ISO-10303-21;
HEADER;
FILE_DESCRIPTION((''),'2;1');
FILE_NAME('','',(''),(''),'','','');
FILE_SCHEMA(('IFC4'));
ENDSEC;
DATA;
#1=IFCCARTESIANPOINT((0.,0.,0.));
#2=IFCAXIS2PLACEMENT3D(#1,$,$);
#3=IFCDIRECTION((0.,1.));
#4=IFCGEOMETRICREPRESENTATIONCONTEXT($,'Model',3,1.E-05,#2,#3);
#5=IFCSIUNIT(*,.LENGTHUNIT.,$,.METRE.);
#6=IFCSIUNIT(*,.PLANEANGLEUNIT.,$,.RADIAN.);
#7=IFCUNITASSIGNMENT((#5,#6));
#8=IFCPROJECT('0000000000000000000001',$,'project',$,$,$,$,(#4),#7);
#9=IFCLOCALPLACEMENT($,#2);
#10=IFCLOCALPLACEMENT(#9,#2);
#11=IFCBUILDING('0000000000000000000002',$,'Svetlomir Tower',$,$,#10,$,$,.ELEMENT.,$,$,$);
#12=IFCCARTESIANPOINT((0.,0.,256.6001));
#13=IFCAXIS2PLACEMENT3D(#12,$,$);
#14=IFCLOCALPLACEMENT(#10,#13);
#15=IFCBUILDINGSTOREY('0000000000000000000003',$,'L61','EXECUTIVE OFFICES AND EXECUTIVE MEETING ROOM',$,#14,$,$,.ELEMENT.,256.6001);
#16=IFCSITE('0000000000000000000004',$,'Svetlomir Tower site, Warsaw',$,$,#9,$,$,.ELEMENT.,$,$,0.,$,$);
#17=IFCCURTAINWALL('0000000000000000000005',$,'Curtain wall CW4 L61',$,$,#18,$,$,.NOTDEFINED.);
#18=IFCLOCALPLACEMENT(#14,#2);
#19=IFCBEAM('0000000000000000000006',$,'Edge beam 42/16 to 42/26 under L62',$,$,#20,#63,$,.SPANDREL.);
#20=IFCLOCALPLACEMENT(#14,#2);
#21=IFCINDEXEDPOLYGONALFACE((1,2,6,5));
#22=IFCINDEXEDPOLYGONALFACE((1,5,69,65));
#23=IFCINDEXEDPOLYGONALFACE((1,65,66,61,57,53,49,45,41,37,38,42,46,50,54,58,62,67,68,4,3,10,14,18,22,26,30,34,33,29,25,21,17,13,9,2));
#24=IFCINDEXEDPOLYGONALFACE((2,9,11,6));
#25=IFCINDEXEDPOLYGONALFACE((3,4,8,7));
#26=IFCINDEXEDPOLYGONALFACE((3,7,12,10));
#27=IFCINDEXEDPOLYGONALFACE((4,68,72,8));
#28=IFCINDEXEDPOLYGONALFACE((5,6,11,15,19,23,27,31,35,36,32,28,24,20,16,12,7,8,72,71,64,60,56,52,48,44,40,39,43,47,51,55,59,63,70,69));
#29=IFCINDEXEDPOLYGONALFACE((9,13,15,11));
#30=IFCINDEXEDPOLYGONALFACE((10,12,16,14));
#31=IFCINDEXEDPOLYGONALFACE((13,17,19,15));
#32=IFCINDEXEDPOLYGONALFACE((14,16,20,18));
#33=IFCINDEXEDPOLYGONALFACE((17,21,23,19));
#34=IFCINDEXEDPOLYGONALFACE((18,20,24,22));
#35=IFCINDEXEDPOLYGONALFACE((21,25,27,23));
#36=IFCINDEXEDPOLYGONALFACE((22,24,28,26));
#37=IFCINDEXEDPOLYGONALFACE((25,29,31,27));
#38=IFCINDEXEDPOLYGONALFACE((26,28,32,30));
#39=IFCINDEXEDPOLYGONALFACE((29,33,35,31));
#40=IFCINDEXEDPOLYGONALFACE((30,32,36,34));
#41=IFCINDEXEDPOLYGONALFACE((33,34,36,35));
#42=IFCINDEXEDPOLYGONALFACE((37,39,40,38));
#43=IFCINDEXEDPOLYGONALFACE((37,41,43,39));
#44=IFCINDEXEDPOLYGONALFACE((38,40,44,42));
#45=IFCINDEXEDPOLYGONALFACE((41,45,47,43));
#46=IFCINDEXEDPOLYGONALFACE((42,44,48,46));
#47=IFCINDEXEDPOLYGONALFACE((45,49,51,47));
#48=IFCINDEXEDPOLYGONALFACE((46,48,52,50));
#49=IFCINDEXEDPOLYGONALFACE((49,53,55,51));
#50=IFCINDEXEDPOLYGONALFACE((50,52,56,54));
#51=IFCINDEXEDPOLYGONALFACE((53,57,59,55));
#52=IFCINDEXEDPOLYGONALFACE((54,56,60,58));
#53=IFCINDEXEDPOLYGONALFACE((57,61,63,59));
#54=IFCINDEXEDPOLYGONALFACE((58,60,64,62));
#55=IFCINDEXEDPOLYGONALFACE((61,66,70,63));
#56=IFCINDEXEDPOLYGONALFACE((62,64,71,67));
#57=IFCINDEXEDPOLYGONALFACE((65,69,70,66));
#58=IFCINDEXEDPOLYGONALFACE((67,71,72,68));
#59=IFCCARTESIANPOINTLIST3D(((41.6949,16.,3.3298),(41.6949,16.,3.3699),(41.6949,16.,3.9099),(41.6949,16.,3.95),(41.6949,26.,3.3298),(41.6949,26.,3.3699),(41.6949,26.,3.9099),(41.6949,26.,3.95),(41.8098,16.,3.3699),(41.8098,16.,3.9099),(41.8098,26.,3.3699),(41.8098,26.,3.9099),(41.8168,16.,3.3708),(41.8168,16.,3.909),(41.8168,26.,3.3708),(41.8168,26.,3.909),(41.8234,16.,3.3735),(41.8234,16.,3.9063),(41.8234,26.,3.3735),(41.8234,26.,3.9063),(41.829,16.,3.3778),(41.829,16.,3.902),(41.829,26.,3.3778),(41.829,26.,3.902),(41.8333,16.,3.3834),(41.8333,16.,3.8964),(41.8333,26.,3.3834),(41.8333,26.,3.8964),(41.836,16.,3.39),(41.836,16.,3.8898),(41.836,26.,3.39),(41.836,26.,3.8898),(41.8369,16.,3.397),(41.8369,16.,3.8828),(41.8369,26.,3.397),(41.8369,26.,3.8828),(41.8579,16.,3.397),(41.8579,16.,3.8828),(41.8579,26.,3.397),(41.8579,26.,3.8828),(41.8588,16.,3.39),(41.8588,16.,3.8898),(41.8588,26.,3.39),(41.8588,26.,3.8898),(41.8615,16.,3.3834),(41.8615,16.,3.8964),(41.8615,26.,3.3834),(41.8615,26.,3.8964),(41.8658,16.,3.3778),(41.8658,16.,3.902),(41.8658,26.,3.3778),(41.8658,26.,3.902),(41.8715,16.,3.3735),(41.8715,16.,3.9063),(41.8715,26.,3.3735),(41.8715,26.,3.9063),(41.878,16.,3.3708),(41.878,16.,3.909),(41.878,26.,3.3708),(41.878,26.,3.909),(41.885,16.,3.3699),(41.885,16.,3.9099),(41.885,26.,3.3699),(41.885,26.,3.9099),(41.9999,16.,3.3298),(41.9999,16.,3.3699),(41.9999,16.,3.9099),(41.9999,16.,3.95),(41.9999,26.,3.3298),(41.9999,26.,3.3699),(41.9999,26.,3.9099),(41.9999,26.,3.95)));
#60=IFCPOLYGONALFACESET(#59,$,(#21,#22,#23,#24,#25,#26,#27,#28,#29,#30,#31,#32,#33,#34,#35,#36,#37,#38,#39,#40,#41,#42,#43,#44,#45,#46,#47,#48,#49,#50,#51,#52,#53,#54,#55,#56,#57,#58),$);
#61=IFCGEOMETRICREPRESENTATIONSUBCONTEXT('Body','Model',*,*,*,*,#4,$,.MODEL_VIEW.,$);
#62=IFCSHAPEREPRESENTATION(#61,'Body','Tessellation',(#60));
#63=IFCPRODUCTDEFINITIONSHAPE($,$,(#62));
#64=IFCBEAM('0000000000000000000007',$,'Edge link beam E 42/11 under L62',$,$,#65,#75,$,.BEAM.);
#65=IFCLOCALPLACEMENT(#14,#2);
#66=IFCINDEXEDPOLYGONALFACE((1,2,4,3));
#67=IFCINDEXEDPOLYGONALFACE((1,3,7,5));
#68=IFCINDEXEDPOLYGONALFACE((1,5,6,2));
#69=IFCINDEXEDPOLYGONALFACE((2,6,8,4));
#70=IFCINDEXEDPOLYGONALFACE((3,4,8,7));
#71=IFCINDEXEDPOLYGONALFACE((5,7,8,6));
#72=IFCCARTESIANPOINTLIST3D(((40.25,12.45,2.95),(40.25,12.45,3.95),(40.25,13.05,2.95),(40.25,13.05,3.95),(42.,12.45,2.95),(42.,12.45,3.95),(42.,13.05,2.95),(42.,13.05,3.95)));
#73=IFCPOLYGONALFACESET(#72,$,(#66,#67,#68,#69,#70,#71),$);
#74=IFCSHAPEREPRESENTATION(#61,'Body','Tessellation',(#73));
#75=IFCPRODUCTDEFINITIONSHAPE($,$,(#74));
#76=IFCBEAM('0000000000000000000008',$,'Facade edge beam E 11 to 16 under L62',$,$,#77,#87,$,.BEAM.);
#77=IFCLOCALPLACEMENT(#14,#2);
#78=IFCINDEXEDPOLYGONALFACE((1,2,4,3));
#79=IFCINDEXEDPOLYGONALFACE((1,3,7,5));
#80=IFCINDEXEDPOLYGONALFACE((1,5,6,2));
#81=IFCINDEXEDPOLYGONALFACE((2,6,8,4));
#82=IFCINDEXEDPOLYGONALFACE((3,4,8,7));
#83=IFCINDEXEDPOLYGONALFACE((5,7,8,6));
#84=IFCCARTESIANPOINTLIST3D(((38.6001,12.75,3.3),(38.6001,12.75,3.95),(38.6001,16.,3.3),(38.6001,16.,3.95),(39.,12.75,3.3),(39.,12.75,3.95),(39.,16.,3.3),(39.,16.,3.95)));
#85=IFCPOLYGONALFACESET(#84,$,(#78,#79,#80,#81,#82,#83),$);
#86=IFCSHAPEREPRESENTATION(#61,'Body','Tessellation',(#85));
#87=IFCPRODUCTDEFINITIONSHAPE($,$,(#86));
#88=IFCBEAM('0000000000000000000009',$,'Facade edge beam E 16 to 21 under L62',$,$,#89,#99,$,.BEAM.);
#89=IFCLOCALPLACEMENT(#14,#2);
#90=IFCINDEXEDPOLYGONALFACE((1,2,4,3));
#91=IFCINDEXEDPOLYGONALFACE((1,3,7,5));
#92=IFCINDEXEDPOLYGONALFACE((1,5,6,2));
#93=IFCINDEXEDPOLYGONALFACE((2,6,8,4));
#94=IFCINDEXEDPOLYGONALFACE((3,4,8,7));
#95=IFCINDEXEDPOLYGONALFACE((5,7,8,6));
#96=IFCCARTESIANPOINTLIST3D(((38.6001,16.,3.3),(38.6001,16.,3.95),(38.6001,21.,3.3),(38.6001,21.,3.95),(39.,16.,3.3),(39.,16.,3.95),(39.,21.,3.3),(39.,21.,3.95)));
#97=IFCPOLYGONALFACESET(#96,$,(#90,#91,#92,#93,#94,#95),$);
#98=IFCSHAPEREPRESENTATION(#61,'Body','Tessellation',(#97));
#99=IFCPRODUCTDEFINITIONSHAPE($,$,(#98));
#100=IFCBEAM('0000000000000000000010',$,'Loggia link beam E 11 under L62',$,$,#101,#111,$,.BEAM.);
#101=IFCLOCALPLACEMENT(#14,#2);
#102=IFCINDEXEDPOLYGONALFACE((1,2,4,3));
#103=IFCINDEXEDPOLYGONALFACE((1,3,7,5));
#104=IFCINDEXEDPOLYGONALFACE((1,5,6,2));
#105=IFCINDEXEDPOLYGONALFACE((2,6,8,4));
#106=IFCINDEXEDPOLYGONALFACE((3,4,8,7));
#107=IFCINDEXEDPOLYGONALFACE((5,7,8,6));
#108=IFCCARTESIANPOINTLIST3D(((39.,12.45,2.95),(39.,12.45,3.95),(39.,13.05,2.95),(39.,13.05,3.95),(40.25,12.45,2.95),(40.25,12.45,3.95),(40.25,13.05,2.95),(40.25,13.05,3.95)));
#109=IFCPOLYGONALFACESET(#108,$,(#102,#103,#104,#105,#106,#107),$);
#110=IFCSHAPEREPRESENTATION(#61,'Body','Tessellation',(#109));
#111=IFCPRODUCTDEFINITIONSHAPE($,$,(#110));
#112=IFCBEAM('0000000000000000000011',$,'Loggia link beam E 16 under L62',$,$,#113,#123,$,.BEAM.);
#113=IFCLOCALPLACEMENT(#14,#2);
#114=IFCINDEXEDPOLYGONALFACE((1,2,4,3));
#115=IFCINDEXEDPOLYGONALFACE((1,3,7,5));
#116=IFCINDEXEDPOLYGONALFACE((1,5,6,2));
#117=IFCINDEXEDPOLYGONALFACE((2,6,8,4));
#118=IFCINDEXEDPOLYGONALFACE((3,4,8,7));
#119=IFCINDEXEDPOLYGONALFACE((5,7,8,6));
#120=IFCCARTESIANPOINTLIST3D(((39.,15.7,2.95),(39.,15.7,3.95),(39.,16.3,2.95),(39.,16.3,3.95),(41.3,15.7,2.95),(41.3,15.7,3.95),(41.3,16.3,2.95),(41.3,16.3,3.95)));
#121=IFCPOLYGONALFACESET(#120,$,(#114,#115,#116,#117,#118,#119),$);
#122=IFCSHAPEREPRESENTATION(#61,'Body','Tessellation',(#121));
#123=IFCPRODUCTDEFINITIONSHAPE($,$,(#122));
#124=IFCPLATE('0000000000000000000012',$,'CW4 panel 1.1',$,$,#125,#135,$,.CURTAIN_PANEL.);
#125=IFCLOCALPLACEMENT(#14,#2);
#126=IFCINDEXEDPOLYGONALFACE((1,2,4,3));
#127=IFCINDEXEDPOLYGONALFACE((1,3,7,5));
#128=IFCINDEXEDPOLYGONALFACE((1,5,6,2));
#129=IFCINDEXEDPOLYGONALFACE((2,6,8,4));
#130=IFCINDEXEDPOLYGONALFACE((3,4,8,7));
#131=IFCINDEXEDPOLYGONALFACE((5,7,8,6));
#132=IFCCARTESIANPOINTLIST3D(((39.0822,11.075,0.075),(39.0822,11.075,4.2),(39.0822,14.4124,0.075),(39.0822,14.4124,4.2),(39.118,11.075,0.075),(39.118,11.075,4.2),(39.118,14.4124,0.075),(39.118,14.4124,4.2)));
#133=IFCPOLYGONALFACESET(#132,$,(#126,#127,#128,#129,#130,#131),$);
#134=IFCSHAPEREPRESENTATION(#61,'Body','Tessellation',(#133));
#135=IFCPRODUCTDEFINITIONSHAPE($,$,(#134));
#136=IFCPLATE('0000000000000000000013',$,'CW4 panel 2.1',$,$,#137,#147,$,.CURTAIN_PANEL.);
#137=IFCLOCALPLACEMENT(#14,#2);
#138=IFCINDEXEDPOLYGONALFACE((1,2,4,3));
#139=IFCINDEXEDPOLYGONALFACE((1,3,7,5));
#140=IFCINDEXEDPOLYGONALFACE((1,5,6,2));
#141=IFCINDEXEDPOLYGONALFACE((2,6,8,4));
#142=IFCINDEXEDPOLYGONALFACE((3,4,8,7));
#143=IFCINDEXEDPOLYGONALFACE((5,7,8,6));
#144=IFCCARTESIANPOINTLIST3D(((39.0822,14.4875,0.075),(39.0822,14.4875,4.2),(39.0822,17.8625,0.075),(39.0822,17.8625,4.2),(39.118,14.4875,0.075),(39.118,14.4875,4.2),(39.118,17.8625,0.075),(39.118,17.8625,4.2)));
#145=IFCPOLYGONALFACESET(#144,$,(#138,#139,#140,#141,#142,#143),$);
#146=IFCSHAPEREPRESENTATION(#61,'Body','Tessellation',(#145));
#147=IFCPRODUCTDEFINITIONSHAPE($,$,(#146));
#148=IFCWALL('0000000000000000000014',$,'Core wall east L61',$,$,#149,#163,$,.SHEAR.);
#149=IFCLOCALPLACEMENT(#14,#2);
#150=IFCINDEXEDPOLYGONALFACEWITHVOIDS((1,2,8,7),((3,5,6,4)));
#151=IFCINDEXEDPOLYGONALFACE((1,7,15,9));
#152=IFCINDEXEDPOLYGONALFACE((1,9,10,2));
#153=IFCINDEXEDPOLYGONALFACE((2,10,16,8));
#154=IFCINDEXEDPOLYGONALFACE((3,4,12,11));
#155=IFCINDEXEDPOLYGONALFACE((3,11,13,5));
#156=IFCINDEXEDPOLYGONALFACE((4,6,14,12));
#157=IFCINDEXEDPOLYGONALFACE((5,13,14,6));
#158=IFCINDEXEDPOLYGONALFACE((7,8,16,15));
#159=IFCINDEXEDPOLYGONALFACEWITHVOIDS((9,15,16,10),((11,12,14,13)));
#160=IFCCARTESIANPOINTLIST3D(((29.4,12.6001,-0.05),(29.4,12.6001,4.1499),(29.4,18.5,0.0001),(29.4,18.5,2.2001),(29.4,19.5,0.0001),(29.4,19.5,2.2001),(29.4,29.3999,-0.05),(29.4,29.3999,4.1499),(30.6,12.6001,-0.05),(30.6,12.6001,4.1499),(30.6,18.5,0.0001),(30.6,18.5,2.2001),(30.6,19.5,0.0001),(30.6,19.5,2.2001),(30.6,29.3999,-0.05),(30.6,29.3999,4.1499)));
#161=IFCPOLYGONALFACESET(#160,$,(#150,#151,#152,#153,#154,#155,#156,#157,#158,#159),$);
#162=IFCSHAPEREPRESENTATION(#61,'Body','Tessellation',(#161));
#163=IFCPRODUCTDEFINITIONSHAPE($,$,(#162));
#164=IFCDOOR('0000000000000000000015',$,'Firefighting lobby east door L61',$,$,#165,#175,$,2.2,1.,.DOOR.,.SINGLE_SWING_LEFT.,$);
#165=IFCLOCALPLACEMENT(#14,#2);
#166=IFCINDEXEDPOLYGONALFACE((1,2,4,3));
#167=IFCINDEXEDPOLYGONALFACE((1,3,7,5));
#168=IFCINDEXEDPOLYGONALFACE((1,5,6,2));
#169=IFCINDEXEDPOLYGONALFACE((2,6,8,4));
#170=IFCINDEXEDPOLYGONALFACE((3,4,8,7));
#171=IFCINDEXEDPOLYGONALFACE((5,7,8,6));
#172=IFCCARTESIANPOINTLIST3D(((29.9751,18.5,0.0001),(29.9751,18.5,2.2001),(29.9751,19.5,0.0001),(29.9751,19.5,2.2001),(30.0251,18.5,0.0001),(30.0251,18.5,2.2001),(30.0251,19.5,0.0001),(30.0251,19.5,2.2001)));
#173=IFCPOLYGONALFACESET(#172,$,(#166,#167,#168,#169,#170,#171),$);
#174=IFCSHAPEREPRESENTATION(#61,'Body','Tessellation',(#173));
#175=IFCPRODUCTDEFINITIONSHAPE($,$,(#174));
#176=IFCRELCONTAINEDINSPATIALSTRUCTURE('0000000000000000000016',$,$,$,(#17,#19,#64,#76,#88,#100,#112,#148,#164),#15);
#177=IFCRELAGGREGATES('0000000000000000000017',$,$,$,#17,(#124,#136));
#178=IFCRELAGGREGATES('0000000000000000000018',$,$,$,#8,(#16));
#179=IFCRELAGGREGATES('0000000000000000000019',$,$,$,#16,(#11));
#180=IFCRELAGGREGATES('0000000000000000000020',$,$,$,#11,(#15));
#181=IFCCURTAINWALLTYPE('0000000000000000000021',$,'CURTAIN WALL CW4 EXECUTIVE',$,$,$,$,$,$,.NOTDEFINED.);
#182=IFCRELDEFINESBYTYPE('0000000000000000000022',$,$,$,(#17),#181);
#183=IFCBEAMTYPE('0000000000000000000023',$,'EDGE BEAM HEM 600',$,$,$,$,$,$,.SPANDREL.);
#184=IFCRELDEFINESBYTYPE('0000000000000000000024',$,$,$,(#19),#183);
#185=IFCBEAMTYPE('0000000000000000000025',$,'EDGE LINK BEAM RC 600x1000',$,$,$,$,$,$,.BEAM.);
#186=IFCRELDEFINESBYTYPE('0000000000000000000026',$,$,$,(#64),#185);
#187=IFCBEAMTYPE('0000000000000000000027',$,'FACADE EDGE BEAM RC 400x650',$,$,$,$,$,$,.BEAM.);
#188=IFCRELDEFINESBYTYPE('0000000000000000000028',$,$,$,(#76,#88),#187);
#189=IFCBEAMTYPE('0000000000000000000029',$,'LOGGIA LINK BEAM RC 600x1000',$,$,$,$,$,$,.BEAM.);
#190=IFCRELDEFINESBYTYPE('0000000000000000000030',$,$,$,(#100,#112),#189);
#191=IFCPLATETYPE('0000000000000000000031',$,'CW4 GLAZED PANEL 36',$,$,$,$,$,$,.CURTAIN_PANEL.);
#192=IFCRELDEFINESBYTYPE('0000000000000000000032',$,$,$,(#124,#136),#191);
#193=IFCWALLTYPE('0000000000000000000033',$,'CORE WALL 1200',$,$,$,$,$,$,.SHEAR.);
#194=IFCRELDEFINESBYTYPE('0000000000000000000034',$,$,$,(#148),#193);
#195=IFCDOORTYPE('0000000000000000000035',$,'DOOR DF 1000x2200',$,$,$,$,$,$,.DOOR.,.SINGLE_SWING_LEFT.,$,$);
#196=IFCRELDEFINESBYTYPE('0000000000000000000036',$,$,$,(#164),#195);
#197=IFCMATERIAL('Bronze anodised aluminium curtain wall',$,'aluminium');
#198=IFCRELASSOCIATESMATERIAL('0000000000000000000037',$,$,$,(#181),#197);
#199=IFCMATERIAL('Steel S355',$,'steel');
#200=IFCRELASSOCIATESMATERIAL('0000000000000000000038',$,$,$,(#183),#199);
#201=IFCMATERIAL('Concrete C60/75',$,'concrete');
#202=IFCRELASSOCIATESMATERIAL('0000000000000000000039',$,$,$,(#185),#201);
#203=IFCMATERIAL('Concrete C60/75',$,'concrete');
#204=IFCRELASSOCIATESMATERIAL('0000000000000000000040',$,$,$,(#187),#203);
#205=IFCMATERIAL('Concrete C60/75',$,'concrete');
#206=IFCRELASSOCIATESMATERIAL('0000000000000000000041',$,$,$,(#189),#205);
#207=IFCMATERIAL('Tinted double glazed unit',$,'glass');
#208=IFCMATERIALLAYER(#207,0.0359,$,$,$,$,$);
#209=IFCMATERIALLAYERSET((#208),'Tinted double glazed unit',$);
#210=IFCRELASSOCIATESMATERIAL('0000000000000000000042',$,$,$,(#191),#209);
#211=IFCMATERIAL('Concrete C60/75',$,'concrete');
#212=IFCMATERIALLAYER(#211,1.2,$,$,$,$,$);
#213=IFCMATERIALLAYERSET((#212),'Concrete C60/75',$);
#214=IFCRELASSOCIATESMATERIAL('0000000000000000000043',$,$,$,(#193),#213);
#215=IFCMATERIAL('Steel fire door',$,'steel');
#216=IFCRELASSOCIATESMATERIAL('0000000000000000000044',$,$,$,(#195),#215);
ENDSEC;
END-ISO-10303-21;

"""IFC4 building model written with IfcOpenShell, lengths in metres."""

from ifc_helpers import new_model, si_unit, direction, frame, frame_2d, origin, origin_2d, place, context, subcontext, project, spatial, rectangle, i_section, extrude, material, layer, layer_set, material_profile, profile_set, type_object, element, fill, aggregate, save


model = new_model("IFC4")

# Units and contexts
model_context = context("Model", 3, precision=1e-05, world=origin(), true_north=direction((0.0, 1.0)))
body_context = subcontext(model_context, "Body", "Model", "MODEL_VIEW")
ifc_project = project(units=[si_unit("LENGTHUNIT", "METRE"), si_unit("PLANEANGLEUNIT", "RADIAN")], contexts=[model_context])

# Site, building, storey
site_placement = place(None, origin())
site = spatial("IfcSite", under=ifc_project, at=site_placement, Name="Svetlomir Tower site, Warsaw", CompositionType="ELEMENT", RefElevation=0.0)
building_placement = place(site_placement, origin())
building = spatial("IfcBuilding", under=site, at=building_placement, Name="Svetlomir Tower", CompositionType="ELEMENT")
storey_placement = place(building_placement, frame((0.0, 0.0, 256.6001)))
storey = spatial("IfcBuildingStorey", under=building, at=storey_placement, Name="L61", Description="EXECUTIVE OFFICES AND EXECUTIVE MEETING ROOM", CompositionType="ELEMENT", Elevation=256.6001)

# Curtain wall
ifc_material_1 = material(Name="Bronze anodised aluminium curtain wall", Category="aluminium")
curtain_wall_type = type_object("IfcCurtainWallType", Name="CURTAIN WALL CW4 EXECUTIVE", PredefinedType="NOTDEFINED", material=ifc_material_1)
curtain_wall_placement = place(storey_placement, origin())
curtain_wall = element("IfcCurtainWall", 1, at=curtain_wall_placement, inside=storey, type_object=curtain_wall_type, Name="Curtain wall CW4 L61", PredefinedType="NOTDEFINED")

# Beams
ifc_material_2 = material(Name="Steel S355", Category="steel")
ifc_material_profile_1 = material_profile(ifc_material_2, i_section(OverallWidth=0.3049, OverallDepth=0.6201, WebThickness=0.021, FlangeThickness=0.04, FilletRadius=0.0271, at=origin_2d()), Name="HEM 600")
ifc_profile_set_1 = profile_set([ifc_material_profile_1], Name="Steel S355")
beam_type_1 = type_object("IfcBeamType", Name="EDGE BEAM HEM 600", PredefinedType="SPANDREL", material=ifc_profile_set_1)
beam_1_placement = place(storey_placement, frame((41.8474, 16.0, 3.6399), z_axis=(0.0, 1.0, 0.0), x_axis=(-1.0, 0.0, 0.0)))
element("IfcBeam", 2, at=beam_1_placement, inside=storey, type_object=beam_type_1, Name="Edge beam 42/16 to 42/26 under L62", PredefinedType="SPANDREL", context=body_context, shape_type="SweptSolid", body=[
    extrude(i_section(OverallWidth=0.3049, OverallDepth=0.6201, WebThickness=0.021, FlangeThickness=0.04, FilletRadius=0.0271, at=origin_2d()), origin(), (0.0, 0.0, 1.0), 10.0),
])
ifc_material_3 = material(Name="Concrete C60/75", Category="concrete")
ifc_material_profile_2 = material_profile(ifc_material_3, rectangle(XDim=0.6001, YDim=1.0, at=origin_2d()), Name="RC 600x1000")
ifc_profile_set_2 = profile_set([ifc_material_profile_2], Name="Concrete C60/75")
beam_type_2 = type_object("IfcBeamType", Name="EDGE LINK BEAM RC 600x1000", PredefinedType="BEAM", material=ifc_profile_set_2)
beam_2_placement = place(storey_placement, frame((40.25, 12.75, 3.45), z_axis=(1.0, 0.0, 0.0), x_axis=(0.0, 1.0, 0.0)))
element("IfcBeam", 3, at=beam_2_placement, inside=storey, type_object=beam_type_2, Name="Edge link beam E 42/11 under L62", PredefinedType="BEAM", context=body_context, shape_type="SweptSolid", body=[
    extrude(rectangle(XDim=0.6001, YDim=1.0, at=origin_2d()), origin(), (0.0, 0.0, 1.0), 1.75),
])
ifc_material_4 = material(Name="Concrete C60/75", Category="concrete")
ifc_material_profile_3 = material_profile(ifc_material_4, rectangle(XDim=0.3999, YDim=0.6499, at=origin_2d()), Name="RC 400x650")
ifc_profile_set_3 = profile_set([ifc_material_profile_3], Name="Concrete C60/75")
beam_type_3 = type_object("IfcBeamType", Name="FACADE EDGE BEAM RC 400x650", PredefinedType="BEAM", material=ifc_profile_set_3)
beam_3_placement = place(storey_placement, frame((38.8, 12.75, 3.625), z_axis=(0.0, 1.0, 0.0), x_axis=(-1.0, 0.0, 0.0)))
element("IfcBeam", 4, at=beam_3_placement, inside=storey, type_object=beam_type_3, Name="Facade edge beam E 11 to 16 under L62", PredefinedType="BEAM", context=body_context, shape_type="SweptSolid", body=[
    extrude(rectangle(XDim=0.3999, YDim=0.6499, at=origin_2d()), origin(), (0.0, 0.0, 1.0), 3.25),
])
beam_4_placement = place(storey_placement, frame((38.8, 16.0, 3.625), z_axis=(0.0, 1.0, 0.0), x_axis=(-1.0, 0.0, 0.0)))
element("IfcBeam", 5, at=beam_4_placement, inside=storey, type_object=beam_type_3, Name="Facade edge beam E 16 to 21 under L62", PredefinedType="BEAM", context=body_context, shape_type="SweptSolid", body=[
    extrude(rectangle(XDim=0.3999, YDim=0.6499, at=origin_2d()), origin(), (0.0, 0.0, 1.0), 5.0),
])
ifc_material_5 = material(Name="Concrete C60/75", Category="concrete")
ifc_material_profile_4 = material_profile(ifc_material_5, rectangle(XDim=0.6001, YDim=1.0, at=origin_2d()), Name="RC 600x1000")
ifc_profile_set_4 = profile_set([ifc_material_profile_4], Name="Concrete C60/75")
beam_type_4 = type_object("IfcBeamType", Name="LOGGIA LINK BEAM RC 600x1000", PredefinedType="BEAM", material=ifc_profile_set_4)
beam_5_placement = place(storey_placement, frame((40.25, 12.75, 3.45), z_axis=(-1.0, 0.0, 0.0), x_axis=(0.0, -1.0, 0.0)))
element("IfcBeam", 6, at=beam_5_placement, inside=storey, type_object=beam_type_4, Name="Loggia link beam E 11 under L62", PredefinedType="BEAM", context=body_context, shape_type="SweptSolid", body=[
    extrude(rectangle(XDim=0.6001, YDim=1.0, at=origin_2d()), origin(), (0.0, 0.0, 1.0), 1.25),
])
beam_6_placement = place(storey_placement, frame((41.3, 16.0, 3.45), z_axis=(-1.0, 0.0, 0.0), x_axis=(0.0, -1.0, 0.0)))
element("IfcBeam", 7, at=beam_6_placement, inside=storey, type_object=beam_type_4, Name="Loggia link beam E 16 under L62", PredefinedType="BEAM", context=body_context, shape_type="SweptSolid", body=[
    extrude(rectangle(XDim=0.6001, YDim=1.0, at=origin_2d()), origin(), (0.0, 0.0, 1.0), 2.3),
])

# Plates
ifc_material_6 = material(Name="Tinted double glazed unit", Category="glass")
ifc_layer_1 = layer(ifc_material_6, 0.0359)
ifc_layer_set_1 = layer_set([ifc_layer_1], Name="Tinted double glazed unit")
plate_type = type_object("IfcPlateType", Name="CW4 GLAZED PANEL 36", PredefinedType="CURTAIN_PANEL", material=ifc_layer_set_1)
plate_1_placement = place(storey_placement, frame((39.1001, 12.7437, 0.075), z_axis=(0.0, 0.0, 1.0), x_axis=(0.0, 1.0, 0.0)))
plate_1 = element("IfcPlate", 8, at=plate_1_placement, type_object=plate_type, Name="CW4 panel 1.1", PredefinedType="CURTAIN_PANEL", context=body_context, shape_type="SweptSolid", body=[
    extrude(rectangle(XDim=3.3374, YDim=0.0359, at=origin_2d()), origin(), (0.0, 0.0, 1.0), 4.125),
])
plate_2_placement = place(storey_placement, frame((39.1001, 16.175, 0.075), z_axis=(0.0, 0.0, 1.0), x_axis=(0.0, 1.0, 0.0)))
plate_2 = element("IfcPlate", 9, at=plate_2_placement, type_object=plate_type, Name="CW4 panel 2.1", PredefinedType="CURTAIN_PANEL", context=body_context, shape_type="SweptSolid", body=[
    extrude(rectangle(XDim=3.375, YDim=0.0359, at=origin_2d()), origin(), (0.0, 0.0, 1.0), 4.125),
])
aggregate(curtain_wall, [plate_1, plate_2])

# Wall, opening, door
ifc_material_7 = material(Name="Concrete C60/75", Category="concrete")
ifc_layer_2 = layer(ifc_material_7, 1.2)
ifc_layer_set_2 = layer_set([ifc_layer_2], Name="Concrete C60/75")
wall_type_1 = type_object("IfcWallType", Name="CORE WALL 1200", PredefinedType="SHEAR", material=ifc_layer_set_2)
wall_1_placement = place(storey_placement, frame((30.0, 12.6001, -0.05), z_axis=(0.0, 0.0, 1.0), x_axis=(0.0, 1.0, 0.0)))
wall_1 = element("IfcWall", 10, at=wall_1_placement, inside=storey, type_object=wall_type_1, Name="Core wall east L61", PredefinedType="SHEAR", context=body_context, shape_type="SweptSolid", body=[
    extrude(rectangle(XDim=16.7998, YDim=1.2, at=frame_2d((8.3999, 0.0))), origin(), (0.0, 0.0, 1.0), 4.2),
])
opening_1_placement = place(wall_1_placement, frame((5.8999, 0.0, 0.05)))
opening_1 = element("IfcOpeningElement", 11, at=opening_1_placement, cuts=wall_1, PredefinedType="OPENING", context=body_context, shape_type="SweptSolid", body=[
    extrude(rectangle(XDim=1.0, YDim=2.2, at=frame_2d((0.5, 1.1001))), frame((0.0, 0.6099, 0.0), z_axis=(0.0, -1.0, 0.0), x_axis=(1.0, 0.0, 0.0)), (0.0, 0.0, 1.0), 1.22),
])
ifc_material_8 = material(Name="Steel fire door", Category="steel")
door_type_1 = type_object("IfcDoorType", Name="DOOR DF 1000x2200", OperationType="SINGLE_SWING_LEFT", PredefinedType="DOOR", material=ifc_material_8)
door_1_placement = place(opening_1_placement, origin())
door_1 = element("IfcDoor", 12, at=door_1_placement, inside=storey, type_object=door_type_1, Name="Firefighting lobby east door L61", OperationType="SINGLE_SWING_LEFT", OverallHeight=2.2, OverallWidth=1.0, PredefinedType="DOOR", context=body_context, shape_type="SweptSolid", body=[
    extrude(rectangle(XDim=1.0, YDim=2.2, at=frame_2d((0.5, 1.1001))), frame((0.0, 0.0249, 0.0), z_axis=(0.0, -1.0, 0.0), x_axis=(1.0, 0.0, 0.0)), (0.0, 0.0, 1.0), 0.05),
])
fill(opening_1, door_1)

save(model, "model.ifc")
